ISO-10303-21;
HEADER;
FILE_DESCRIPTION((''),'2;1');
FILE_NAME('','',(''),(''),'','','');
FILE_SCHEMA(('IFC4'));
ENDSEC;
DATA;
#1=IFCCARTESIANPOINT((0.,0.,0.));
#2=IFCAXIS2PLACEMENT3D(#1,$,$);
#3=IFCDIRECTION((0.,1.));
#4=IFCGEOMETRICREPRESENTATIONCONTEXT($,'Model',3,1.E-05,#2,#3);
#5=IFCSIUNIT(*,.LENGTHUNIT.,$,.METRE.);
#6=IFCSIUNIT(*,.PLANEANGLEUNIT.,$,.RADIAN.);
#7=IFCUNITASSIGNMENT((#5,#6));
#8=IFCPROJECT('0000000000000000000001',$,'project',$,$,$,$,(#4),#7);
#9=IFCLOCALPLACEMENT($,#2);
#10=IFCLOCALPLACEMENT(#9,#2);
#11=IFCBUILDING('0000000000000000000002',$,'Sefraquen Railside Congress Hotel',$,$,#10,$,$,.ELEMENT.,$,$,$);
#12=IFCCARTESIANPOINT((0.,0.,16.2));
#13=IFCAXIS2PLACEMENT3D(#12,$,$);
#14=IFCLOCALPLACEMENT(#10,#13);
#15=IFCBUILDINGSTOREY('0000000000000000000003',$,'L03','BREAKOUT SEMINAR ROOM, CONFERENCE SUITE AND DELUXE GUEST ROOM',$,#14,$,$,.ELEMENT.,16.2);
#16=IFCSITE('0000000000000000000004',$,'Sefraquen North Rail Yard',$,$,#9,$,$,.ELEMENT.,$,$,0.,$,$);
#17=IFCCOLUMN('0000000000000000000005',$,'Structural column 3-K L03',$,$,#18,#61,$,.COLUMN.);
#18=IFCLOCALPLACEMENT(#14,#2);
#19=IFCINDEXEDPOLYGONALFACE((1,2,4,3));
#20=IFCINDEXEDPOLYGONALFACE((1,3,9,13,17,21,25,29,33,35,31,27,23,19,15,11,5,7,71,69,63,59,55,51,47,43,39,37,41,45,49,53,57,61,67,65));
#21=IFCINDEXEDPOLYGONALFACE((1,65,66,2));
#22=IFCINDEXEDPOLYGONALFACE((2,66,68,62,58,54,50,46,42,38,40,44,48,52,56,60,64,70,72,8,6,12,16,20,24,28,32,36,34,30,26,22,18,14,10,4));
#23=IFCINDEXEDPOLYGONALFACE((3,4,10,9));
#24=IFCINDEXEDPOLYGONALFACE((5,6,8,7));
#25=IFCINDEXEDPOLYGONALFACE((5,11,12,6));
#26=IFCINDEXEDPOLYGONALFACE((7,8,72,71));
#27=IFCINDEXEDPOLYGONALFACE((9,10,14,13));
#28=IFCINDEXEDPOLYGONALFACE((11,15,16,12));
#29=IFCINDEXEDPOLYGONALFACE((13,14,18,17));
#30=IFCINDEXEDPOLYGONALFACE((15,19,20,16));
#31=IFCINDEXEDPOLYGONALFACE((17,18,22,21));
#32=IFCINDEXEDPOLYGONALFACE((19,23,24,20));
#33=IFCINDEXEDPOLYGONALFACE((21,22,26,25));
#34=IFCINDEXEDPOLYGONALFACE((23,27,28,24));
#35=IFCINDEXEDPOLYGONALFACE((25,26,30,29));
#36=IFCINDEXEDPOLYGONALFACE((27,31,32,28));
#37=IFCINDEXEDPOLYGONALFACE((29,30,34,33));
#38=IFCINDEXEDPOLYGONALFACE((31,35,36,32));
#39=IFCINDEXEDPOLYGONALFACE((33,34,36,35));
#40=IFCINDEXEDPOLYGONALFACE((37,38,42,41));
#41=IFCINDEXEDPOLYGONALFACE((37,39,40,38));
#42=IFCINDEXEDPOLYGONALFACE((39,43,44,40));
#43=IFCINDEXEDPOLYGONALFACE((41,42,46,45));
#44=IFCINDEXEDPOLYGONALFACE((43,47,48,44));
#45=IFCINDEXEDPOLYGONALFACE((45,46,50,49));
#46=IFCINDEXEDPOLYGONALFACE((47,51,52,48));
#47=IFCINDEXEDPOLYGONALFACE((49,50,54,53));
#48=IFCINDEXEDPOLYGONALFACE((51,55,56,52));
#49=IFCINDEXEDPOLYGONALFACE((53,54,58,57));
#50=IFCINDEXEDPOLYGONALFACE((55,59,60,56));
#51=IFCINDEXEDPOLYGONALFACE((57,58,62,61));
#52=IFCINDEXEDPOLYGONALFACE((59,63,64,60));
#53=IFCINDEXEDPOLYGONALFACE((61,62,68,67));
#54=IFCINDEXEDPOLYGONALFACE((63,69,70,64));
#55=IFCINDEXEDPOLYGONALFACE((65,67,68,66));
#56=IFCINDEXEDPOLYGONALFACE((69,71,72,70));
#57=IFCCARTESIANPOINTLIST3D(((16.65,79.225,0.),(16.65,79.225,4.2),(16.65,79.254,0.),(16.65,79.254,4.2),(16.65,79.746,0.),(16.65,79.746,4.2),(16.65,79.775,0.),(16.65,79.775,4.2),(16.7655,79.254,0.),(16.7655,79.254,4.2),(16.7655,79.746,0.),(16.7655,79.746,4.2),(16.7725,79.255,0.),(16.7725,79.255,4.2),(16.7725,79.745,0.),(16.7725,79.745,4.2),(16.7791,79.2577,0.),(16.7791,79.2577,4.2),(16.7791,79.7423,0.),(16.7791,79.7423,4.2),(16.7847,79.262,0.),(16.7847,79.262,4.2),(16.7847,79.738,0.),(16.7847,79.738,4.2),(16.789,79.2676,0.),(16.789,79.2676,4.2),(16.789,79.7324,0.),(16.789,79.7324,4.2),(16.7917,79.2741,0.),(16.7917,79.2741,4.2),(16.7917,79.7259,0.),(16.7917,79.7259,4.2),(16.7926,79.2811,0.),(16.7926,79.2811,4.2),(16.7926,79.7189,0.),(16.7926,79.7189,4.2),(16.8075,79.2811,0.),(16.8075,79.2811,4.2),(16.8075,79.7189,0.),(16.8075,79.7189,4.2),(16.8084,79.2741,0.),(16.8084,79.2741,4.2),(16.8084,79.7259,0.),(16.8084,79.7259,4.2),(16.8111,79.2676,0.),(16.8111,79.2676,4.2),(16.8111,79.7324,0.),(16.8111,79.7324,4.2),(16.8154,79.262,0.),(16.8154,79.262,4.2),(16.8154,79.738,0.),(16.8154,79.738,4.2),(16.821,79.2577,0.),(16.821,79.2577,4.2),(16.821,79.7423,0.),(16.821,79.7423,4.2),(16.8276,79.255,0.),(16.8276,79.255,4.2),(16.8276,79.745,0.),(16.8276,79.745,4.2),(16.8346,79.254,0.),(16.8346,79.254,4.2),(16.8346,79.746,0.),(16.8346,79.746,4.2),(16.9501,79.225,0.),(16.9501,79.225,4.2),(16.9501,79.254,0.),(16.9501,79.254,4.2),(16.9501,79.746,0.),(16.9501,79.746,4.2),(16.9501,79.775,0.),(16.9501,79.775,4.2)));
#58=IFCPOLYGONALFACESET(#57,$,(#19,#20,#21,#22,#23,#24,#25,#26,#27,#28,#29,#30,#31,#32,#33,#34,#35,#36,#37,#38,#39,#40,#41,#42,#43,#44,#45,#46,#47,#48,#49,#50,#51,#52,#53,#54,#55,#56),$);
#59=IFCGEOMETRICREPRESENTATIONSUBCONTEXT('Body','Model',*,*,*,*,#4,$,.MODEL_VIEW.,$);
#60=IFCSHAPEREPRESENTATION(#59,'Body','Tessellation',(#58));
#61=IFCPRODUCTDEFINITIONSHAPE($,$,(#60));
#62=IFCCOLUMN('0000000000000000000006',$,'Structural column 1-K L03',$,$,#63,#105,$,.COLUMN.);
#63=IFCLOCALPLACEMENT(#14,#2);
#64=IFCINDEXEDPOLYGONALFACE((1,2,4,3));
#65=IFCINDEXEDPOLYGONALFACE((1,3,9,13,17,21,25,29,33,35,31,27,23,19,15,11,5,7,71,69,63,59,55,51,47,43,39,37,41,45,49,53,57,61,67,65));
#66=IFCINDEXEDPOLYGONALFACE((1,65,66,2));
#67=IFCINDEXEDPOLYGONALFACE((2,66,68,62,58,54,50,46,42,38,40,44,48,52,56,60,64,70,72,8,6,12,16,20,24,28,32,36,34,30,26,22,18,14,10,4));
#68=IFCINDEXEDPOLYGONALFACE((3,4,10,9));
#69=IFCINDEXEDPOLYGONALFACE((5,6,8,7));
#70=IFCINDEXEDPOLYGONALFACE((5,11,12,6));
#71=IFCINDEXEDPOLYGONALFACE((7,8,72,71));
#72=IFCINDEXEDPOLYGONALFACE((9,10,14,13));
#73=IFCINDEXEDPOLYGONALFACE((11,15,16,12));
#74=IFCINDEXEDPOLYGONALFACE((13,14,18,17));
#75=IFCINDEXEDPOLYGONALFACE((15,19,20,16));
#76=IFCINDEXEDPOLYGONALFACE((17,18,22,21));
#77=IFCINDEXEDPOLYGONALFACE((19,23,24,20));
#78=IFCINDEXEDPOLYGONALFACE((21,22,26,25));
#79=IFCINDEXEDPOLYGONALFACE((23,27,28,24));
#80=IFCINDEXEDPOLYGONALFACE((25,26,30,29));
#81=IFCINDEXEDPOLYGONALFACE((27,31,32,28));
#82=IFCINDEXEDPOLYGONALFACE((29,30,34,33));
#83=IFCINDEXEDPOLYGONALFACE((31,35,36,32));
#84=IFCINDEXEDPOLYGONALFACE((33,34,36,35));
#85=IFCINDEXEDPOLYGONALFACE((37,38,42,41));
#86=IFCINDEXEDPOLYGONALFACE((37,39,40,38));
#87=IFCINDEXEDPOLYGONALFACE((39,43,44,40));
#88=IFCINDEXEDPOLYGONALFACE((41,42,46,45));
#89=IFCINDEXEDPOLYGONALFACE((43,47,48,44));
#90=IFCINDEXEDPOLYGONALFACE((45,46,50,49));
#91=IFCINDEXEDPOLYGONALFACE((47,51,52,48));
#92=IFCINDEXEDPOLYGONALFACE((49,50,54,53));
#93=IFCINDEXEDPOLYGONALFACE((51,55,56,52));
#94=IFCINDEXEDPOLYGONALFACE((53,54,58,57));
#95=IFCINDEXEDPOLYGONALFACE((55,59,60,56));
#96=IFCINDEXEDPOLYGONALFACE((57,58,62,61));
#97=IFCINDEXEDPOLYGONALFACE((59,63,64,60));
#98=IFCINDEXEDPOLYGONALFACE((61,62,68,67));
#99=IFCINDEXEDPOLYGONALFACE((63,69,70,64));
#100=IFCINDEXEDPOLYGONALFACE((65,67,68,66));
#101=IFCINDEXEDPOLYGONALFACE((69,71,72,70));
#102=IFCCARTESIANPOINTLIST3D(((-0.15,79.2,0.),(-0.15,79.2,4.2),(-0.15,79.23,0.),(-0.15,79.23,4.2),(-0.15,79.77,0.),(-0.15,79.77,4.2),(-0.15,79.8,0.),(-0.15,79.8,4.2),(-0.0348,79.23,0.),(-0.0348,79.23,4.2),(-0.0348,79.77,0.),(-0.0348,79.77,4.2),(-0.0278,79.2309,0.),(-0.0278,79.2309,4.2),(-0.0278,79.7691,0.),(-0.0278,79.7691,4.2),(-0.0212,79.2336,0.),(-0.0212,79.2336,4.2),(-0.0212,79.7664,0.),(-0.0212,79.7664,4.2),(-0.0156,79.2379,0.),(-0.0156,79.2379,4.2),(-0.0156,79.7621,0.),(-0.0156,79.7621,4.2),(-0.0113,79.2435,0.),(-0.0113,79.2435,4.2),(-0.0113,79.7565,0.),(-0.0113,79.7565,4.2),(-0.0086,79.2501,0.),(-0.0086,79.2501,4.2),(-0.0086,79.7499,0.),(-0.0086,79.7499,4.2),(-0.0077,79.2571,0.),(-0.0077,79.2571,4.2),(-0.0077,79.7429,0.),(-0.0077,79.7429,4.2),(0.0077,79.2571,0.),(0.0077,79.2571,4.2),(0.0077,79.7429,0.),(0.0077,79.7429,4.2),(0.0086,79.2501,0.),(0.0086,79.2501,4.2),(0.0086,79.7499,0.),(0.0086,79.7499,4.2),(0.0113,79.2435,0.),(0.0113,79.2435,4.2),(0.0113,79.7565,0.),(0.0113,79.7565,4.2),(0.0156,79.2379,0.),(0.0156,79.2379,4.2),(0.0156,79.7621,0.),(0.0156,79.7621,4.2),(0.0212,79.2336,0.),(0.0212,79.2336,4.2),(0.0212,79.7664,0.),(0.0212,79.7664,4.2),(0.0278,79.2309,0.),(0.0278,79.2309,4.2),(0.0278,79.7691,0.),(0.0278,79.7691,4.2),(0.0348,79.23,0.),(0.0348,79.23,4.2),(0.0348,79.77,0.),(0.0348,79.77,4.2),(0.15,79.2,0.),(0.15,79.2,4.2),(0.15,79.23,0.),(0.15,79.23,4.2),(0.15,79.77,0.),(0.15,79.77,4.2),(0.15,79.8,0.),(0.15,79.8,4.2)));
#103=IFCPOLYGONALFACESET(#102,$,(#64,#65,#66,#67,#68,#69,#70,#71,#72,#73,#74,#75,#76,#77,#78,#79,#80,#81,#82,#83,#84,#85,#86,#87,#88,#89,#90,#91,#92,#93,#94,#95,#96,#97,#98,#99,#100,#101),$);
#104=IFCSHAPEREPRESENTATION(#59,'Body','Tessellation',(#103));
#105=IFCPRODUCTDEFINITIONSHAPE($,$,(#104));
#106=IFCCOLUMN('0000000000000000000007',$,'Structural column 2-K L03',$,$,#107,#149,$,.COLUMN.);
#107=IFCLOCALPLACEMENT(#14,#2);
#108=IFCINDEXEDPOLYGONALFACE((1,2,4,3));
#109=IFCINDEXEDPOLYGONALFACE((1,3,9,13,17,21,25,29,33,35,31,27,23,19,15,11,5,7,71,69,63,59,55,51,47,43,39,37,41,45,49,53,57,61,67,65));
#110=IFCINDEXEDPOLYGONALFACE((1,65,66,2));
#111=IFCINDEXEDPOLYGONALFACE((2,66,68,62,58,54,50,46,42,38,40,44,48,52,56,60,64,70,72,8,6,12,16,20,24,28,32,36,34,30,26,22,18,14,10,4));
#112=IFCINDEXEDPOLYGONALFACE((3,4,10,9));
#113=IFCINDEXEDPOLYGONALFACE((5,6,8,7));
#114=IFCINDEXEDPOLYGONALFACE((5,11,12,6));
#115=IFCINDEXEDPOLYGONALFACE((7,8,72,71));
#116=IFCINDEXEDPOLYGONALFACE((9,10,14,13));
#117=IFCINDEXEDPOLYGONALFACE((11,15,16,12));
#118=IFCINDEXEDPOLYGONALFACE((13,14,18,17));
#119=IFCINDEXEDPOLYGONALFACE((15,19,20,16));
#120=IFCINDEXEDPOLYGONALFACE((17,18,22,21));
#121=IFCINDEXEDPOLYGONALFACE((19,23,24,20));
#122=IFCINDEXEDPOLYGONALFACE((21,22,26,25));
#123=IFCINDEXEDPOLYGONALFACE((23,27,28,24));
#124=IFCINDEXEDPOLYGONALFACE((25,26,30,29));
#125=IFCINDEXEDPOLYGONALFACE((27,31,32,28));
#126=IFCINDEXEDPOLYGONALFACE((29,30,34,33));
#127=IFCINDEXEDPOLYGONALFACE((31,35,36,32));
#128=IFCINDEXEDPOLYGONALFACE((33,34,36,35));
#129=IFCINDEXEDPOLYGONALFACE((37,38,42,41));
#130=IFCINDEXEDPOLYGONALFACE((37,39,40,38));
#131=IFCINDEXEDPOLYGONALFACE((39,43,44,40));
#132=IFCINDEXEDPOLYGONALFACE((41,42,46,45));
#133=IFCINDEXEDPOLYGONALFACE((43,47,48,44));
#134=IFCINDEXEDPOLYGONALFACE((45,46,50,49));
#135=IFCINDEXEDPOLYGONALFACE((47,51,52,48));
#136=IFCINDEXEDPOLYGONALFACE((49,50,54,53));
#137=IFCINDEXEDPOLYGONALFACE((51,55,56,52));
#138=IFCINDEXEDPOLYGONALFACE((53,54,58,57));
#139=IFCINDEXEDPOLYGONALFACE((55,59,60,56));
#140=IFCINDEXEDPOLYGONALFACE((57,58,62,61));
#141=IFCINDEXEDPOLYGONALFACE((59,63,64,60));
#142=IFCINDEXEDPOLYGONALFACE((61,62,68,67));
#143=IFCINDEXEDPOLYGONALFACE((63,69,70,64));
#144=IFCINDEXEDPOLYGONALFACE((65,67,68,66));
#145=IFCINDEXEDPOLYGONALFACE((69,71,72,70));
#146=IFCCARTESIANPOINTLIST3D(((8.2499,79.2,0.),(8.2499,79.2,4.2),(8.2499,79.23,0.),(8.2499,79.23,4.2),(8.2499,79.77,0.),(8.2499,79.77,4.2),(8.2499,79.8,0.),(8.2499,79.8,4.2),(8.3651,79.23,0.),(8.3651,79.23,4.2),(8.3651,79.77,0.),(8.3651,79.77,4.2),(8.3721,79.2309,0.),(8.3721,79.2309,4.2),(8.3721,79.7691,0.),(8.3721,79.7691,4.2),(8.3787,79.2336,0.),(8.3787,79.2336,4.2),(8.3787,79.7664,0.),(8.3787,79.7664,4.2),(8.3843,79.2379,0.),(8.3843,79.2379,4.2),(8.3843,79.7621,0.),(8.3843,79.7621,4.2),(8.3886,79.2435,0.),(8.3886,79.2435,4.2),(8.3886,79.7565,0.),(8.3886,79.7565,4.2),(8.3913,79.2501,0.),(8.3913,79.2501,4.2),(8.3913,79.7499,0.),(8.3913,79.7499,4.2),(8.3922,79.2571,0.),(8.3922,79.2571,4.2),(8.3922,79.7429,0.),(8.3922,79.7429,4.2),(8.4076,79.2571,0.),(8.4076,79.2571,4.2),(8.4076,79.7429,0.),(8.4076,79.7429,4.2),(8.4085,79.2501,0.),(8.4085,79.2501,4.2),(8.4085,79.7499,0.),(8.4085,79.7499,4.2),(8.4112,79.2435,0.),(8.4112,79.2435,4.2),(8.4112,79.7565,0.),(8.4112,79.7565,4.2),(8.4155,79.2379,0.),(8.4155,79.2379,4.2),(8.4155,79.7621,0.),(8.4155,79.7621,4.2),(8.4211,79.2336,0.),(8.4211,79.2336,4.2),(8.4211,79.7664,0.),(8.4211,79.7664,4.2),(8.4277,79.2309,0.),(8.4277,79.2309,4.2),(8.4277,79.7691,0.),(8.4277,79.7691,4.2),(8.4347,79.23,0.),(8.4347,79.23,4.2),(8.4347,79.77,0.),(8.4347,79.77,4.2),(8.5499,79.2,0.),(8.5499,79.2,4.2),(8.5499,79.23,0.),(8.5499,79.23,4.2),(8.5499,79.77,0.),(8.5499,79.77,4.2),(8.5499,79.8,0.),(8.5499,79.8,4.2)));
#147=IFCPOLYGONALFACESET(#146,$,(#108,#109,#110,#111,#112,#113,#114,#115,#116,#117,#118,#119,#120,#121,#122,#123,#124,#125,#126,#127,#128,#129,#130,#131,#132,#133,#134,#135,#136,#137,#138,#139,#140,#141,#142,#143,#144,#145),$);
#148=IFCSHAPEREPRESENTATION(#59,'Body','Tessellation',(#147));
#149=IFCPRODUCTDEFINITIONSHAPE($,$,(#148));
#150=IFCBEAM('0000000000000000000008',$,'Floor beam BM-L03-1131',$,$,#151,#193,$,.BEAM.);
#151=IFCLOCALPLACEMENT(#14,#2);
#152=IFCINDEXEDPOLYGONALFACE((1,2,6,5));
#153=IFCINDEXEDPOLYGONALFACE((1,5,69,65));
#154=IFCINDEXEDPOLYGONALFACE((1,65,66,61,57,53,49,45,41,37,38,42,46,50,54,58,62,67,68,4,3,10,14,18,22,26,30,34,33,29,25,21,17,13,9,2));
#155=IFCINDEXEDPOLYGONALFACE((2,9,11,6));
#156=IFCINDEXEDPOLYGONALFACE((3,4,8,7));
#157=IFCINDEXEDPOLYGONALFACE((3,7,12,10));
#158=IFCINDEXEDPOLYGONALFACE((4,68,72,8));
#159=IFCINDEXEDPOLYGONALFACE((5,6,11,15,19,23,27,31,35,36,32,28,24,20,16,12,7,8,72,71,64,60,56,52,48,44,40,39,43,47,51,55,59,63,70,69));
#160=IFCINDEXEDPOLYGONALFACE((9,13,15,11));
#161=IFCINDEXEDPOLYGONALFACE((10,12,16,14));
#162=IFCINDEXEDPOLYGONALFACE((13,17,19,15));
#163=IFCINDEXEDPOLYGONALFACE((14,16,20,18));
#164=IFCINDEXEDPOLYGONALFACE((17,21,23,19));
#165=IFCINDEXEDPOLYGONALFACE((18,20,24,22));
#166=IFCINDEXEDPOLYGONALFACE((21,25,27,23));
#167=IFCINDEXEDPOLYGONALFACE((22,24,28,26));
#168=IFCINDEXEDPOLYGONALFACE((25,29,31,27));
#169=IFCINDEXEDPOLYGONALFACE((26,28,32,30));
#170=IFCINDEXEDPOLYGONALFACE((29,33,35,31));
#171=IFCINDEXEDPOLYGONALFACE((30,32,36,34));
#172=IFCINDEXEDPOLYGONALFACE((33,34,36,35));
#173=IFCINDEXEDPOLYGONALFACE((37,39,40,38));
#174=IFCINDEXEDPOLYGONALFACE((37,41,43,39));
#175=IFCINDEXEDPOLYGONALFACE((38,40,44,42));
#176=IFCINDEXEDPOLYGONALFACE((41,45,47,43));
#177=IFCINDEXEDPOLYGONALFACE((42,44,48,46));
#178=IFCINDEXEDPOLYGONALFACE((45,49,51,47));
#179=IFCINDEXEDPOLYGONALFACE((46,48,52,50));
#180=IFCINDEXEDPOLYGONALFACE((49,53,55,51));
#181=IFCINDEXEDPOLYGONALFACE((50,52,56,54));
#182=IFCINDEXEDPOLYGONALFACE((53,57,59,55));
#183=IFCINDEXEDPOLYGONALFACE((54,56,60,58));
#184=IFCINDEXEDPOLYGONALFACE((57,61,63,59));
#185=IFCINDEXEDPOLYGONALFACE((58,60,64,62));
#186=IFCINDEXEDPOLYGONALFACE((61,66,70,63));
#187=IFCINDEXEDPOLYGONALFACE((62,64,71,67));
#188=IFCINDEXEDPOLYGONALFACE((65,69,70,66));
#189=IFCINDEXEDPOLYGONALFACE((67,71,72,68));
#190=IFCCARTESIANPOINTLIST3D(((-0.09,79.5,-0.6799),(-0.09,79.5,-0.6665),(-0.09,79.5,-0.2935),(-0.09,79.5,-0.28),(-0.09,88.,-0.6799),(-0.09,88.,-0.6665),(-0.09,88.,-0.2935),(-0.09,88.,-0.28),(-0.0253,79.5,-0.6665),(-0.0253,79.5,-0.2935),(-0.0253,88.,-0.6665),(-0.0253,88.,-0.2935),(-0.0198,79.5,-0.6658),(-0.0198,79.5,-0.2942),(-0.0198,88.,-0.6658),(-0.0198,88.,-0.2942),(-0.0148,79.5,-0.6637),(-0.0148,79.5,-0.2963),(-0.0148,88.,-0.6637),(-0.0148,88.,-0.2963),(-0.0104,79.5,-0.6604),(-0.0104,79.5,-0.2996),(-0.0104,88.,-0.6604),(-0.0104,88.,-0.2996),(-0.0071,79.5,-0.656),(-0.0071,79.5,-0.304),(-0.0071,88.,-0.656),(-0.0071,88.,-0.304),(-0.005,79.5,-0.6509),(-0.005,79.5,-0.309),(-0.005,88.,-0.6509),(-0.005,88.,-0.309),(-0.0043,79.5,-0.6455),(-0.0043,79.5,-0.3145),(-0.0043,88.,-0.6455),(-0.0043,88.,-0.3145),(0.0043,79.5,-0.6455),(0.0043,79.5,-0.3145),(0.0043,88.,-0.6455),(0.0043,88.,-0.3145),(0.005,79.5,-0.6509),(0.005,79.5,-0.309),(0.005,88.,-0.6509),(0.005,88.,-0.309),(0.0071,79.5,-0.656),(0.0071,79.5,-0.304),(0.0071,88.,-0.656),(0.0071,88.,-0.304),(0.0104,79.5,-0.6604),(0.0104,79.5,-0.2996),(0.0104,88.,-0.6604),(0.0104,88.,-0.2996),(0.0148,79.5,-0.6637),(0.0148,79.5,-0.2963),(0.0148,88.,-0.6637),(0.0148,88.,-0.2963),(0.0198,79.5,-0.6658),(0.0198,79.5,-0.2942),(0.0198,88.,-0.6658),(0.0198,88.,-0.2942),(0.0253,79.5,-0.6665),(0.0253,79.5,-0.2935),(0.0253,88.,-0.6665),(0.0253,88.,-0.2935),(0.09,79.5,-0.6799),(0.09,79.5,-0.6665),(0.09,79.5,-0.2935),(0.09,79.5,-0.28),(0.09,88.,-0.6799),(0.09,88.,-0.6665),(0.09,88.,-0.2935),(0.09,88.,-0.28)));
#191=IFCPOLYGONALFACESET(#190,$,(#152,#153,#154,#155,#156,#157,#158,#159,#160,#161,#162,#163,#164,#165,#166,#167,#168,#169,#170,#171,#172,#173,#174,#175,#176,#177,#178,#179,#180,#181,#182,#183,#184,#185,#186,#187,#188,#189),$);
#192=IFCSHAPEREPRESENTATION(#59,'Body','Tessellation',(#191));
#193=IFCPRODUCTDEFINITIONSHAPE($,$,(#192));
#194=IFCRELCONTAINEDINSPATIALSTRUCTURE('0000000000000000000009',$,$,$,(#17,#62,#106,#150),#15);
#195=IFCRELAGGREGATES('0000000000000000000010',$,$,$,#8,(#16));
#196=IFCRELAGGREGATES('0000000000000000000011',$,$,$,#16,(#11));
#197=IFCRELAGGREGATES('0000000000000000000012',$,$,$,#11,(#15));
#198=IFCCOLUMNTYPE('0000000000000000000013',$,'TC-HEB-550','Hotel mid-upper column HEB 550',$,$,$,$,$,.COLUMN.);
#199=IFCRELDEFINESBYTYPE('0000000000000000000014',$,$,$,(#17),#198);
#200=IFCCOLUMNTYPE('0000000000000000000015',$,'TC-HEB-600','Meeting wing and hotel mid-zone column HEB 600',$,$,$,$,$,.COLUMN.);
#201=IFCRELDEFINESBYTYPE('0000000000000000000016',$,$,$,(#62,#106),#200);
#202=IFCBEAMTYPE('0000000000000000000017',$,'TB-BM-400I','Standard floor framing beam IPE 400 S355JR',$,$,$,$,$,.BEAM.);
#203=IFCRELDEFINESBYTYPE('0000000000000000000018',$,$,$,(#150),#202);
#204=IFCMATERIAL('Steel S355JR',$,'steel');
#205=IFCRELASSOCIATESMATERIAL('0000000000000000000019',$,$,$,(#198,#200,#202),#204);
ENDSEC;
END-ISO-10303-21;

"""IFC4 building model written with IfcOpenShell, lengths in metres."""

from ifc_helpers import new_model, si_unit, direction, frame, origin, origin_2d, place, context, subcontext, project, spatial, i_section, extrude, material, material_profile, profile_set, type_object, element, save


model = new_model("IFC4")

# Units and contexts
model_context = context("Model", 3, precision=1e-05, world=origin(), true_north=direction((0.0, 1.0)))
body_context = subcontext(model_context, "Body", "Model", "MODEL_VIEW")
ifc_project = project(units=[si_unit("LENGTHUNIT", "METRE"), si_unit("PLANEANGLEUNIT", "RADIAN")], contexts=[model_context])

# Site, building, storey
site_placement = place(None, origin())
site = spatial("IfcSite", under=ifc_project, at=site_placement, Name="Sefraquen North Rail Yard", CompositionType="ELEMENT", RefElevation=0.0)
building_placement = place(site_placement, origin())
building = spatial("IfcBuilding", under=site, at=building_placement, Name="Sefraquen Railside Congress Hotel", CompositionType="ELEMENT")
storey_placement = place(building_placement, frame((0.0, 0.0, 16.2)))
storey = spatial("IfcBuildingStorey", under=building, at=storey_placement, Name="L03", Description="BREAKOUT SEMINAR ROOM, CONFERENCE SUITE AND DELUXE GUEST ROOM", CompositionType="ELEMENT", Elevation=16.2)

# Columns
ifc_material_1 = material(Name="Steel S355JR", Category="steel")
ifc_material_profile_1 = material_profile(ifc_material_1, i_section(OverallWidth=0.3, OverallDepth=0.55, WebThickness=0.0149, FlangeThickness=0.0291, FilletRadius=0.0271, at=origin_2d()), Name="HEB 550")
ifc_profile_set_1 = profile_set([ifc_material_profile_1], Name="Steel S355JR")
column_type_1 = type_object("IfcColumnType", Name="TC-HEB-550", Description="Hotel mid-upper column HEB 550", PredefinedType="COLUMN", material=ifc_profile_set_1)
column_placement = place(storey_placement, frame((16.8, 79.5, 0.0), z_axis=(0.0, 0.0, 1.0), x_axis=(1.0, 0.0, 0.0)))
element("IfcColumn", 1, at=column_placement, inside=storey, type_object=column_type_1, Name="Structural column 3-K L03", PredefinedType="COLUMN", context=body_context, shape_type="SweptSolid", body=[
    extrude(i_section(OverallWidth=0.3, OverallDepth=0.55, WebThickness=0.0149, FlangeThickness=0.0291, FilletRadius=0.0271, at=origin_2d()), origin(), (0.0, 0.0, 1.0), 4.2),
])
ifc_material_profile_2 = material_profile(ifc_material_1, i_section(OverallWidth=0.3, OverallDepth=0.6001, WebThickness=0.0154, FlangeThickness=0.03, FilletRadius=0.0271, at=origin_2d()), Name="HEB 600")
ifc_profile_set_2 = profile_set([ifc_material_profile_2], Name="Steel S355JR")
column_type_2 = type_object("IfcColumnType", Name="TC-HEB-600", Description="Meeting wing and hotel mid-zone column HEB 600", PredefinedType="COLUMN", material=ifc_profile_set_2)
for number, where, z_axis, x_axis, name in (
    (2, (0.0, 79.5, 0.0), (0.0, 0.0, 1.0), (1.0, 0.0, 0.0), "Structural column 1-K L03"),
    (3, (8.3999, 79.5, 0.0), (0.0, 0.0, 1.0), (1.0, 0.0, 0.0), "Structural column 2-K L03"),
):
    element("IfcColumn", number, at=place(storey_placement, frame(where, z_axis=z_axis, x_axis=x_axis)), inside=storey, type_object=column_type_2, Name=name, PredefinedType="COLUMN", context=body_context, shape_type="SweptSolid", body=[
        extrude(i_section(OverallWidth=0.3, OverallDepth=0.6001, WebThickness=0.0154, FlangeThickness=0.03, FilletRadius=0.0271, at=origin_2d()), origin(), (0.0, 0.0, 1.0), 4.2),
    ])

# Beam
ifc_material_profile_3 = material_profile(ifc_material_1, i_section(OverallWidth=0.1799, OverallDepth=0.3999, WebThickness=0.0085, FlangeThickness=0.0134, FilletRadius=0.021, at=origin_2d()), Name="IPE 400")
ifc_profile_set_3 = profile_set([ifc_material_profile_3], Name="Steel S355JR")
beam_type_1 = type_object("IfcBeamType", Name="TB-BM-400I", Description="Standard floor framing beam IPE 400 S355JR", PredefinedType="BEAM", material=ifc_profile_set_3)
for number, where, z_axis, x_axis, name in (
    (4, (0.0, 79.5, -0.48), (0.0, 1.0, 0.0), (-1.0, 0.0, 0.0), "Floor beam BM-L03-1131"),
):
    element("IfcBeam", number, at=place(storey_placement, frame(where, z_axis=z_axis, x_axis=x_axis)), inside=storey, type_object=beam_type_1, Name=name, PredefinedType="BEAM", context=body_context, shape_type="SweptSolid", body=[
        extrude(i_section(OverallWidth=0.1799, OverallDepth=0.3999, WebThickness=0.0085, FlangeThickness=0.0134, FilletRadius=0.021, at=origin_2d()), origin(), (0.0, 0.0, 1.0), 8.5),
    ])

save(model, "model.ifc")
